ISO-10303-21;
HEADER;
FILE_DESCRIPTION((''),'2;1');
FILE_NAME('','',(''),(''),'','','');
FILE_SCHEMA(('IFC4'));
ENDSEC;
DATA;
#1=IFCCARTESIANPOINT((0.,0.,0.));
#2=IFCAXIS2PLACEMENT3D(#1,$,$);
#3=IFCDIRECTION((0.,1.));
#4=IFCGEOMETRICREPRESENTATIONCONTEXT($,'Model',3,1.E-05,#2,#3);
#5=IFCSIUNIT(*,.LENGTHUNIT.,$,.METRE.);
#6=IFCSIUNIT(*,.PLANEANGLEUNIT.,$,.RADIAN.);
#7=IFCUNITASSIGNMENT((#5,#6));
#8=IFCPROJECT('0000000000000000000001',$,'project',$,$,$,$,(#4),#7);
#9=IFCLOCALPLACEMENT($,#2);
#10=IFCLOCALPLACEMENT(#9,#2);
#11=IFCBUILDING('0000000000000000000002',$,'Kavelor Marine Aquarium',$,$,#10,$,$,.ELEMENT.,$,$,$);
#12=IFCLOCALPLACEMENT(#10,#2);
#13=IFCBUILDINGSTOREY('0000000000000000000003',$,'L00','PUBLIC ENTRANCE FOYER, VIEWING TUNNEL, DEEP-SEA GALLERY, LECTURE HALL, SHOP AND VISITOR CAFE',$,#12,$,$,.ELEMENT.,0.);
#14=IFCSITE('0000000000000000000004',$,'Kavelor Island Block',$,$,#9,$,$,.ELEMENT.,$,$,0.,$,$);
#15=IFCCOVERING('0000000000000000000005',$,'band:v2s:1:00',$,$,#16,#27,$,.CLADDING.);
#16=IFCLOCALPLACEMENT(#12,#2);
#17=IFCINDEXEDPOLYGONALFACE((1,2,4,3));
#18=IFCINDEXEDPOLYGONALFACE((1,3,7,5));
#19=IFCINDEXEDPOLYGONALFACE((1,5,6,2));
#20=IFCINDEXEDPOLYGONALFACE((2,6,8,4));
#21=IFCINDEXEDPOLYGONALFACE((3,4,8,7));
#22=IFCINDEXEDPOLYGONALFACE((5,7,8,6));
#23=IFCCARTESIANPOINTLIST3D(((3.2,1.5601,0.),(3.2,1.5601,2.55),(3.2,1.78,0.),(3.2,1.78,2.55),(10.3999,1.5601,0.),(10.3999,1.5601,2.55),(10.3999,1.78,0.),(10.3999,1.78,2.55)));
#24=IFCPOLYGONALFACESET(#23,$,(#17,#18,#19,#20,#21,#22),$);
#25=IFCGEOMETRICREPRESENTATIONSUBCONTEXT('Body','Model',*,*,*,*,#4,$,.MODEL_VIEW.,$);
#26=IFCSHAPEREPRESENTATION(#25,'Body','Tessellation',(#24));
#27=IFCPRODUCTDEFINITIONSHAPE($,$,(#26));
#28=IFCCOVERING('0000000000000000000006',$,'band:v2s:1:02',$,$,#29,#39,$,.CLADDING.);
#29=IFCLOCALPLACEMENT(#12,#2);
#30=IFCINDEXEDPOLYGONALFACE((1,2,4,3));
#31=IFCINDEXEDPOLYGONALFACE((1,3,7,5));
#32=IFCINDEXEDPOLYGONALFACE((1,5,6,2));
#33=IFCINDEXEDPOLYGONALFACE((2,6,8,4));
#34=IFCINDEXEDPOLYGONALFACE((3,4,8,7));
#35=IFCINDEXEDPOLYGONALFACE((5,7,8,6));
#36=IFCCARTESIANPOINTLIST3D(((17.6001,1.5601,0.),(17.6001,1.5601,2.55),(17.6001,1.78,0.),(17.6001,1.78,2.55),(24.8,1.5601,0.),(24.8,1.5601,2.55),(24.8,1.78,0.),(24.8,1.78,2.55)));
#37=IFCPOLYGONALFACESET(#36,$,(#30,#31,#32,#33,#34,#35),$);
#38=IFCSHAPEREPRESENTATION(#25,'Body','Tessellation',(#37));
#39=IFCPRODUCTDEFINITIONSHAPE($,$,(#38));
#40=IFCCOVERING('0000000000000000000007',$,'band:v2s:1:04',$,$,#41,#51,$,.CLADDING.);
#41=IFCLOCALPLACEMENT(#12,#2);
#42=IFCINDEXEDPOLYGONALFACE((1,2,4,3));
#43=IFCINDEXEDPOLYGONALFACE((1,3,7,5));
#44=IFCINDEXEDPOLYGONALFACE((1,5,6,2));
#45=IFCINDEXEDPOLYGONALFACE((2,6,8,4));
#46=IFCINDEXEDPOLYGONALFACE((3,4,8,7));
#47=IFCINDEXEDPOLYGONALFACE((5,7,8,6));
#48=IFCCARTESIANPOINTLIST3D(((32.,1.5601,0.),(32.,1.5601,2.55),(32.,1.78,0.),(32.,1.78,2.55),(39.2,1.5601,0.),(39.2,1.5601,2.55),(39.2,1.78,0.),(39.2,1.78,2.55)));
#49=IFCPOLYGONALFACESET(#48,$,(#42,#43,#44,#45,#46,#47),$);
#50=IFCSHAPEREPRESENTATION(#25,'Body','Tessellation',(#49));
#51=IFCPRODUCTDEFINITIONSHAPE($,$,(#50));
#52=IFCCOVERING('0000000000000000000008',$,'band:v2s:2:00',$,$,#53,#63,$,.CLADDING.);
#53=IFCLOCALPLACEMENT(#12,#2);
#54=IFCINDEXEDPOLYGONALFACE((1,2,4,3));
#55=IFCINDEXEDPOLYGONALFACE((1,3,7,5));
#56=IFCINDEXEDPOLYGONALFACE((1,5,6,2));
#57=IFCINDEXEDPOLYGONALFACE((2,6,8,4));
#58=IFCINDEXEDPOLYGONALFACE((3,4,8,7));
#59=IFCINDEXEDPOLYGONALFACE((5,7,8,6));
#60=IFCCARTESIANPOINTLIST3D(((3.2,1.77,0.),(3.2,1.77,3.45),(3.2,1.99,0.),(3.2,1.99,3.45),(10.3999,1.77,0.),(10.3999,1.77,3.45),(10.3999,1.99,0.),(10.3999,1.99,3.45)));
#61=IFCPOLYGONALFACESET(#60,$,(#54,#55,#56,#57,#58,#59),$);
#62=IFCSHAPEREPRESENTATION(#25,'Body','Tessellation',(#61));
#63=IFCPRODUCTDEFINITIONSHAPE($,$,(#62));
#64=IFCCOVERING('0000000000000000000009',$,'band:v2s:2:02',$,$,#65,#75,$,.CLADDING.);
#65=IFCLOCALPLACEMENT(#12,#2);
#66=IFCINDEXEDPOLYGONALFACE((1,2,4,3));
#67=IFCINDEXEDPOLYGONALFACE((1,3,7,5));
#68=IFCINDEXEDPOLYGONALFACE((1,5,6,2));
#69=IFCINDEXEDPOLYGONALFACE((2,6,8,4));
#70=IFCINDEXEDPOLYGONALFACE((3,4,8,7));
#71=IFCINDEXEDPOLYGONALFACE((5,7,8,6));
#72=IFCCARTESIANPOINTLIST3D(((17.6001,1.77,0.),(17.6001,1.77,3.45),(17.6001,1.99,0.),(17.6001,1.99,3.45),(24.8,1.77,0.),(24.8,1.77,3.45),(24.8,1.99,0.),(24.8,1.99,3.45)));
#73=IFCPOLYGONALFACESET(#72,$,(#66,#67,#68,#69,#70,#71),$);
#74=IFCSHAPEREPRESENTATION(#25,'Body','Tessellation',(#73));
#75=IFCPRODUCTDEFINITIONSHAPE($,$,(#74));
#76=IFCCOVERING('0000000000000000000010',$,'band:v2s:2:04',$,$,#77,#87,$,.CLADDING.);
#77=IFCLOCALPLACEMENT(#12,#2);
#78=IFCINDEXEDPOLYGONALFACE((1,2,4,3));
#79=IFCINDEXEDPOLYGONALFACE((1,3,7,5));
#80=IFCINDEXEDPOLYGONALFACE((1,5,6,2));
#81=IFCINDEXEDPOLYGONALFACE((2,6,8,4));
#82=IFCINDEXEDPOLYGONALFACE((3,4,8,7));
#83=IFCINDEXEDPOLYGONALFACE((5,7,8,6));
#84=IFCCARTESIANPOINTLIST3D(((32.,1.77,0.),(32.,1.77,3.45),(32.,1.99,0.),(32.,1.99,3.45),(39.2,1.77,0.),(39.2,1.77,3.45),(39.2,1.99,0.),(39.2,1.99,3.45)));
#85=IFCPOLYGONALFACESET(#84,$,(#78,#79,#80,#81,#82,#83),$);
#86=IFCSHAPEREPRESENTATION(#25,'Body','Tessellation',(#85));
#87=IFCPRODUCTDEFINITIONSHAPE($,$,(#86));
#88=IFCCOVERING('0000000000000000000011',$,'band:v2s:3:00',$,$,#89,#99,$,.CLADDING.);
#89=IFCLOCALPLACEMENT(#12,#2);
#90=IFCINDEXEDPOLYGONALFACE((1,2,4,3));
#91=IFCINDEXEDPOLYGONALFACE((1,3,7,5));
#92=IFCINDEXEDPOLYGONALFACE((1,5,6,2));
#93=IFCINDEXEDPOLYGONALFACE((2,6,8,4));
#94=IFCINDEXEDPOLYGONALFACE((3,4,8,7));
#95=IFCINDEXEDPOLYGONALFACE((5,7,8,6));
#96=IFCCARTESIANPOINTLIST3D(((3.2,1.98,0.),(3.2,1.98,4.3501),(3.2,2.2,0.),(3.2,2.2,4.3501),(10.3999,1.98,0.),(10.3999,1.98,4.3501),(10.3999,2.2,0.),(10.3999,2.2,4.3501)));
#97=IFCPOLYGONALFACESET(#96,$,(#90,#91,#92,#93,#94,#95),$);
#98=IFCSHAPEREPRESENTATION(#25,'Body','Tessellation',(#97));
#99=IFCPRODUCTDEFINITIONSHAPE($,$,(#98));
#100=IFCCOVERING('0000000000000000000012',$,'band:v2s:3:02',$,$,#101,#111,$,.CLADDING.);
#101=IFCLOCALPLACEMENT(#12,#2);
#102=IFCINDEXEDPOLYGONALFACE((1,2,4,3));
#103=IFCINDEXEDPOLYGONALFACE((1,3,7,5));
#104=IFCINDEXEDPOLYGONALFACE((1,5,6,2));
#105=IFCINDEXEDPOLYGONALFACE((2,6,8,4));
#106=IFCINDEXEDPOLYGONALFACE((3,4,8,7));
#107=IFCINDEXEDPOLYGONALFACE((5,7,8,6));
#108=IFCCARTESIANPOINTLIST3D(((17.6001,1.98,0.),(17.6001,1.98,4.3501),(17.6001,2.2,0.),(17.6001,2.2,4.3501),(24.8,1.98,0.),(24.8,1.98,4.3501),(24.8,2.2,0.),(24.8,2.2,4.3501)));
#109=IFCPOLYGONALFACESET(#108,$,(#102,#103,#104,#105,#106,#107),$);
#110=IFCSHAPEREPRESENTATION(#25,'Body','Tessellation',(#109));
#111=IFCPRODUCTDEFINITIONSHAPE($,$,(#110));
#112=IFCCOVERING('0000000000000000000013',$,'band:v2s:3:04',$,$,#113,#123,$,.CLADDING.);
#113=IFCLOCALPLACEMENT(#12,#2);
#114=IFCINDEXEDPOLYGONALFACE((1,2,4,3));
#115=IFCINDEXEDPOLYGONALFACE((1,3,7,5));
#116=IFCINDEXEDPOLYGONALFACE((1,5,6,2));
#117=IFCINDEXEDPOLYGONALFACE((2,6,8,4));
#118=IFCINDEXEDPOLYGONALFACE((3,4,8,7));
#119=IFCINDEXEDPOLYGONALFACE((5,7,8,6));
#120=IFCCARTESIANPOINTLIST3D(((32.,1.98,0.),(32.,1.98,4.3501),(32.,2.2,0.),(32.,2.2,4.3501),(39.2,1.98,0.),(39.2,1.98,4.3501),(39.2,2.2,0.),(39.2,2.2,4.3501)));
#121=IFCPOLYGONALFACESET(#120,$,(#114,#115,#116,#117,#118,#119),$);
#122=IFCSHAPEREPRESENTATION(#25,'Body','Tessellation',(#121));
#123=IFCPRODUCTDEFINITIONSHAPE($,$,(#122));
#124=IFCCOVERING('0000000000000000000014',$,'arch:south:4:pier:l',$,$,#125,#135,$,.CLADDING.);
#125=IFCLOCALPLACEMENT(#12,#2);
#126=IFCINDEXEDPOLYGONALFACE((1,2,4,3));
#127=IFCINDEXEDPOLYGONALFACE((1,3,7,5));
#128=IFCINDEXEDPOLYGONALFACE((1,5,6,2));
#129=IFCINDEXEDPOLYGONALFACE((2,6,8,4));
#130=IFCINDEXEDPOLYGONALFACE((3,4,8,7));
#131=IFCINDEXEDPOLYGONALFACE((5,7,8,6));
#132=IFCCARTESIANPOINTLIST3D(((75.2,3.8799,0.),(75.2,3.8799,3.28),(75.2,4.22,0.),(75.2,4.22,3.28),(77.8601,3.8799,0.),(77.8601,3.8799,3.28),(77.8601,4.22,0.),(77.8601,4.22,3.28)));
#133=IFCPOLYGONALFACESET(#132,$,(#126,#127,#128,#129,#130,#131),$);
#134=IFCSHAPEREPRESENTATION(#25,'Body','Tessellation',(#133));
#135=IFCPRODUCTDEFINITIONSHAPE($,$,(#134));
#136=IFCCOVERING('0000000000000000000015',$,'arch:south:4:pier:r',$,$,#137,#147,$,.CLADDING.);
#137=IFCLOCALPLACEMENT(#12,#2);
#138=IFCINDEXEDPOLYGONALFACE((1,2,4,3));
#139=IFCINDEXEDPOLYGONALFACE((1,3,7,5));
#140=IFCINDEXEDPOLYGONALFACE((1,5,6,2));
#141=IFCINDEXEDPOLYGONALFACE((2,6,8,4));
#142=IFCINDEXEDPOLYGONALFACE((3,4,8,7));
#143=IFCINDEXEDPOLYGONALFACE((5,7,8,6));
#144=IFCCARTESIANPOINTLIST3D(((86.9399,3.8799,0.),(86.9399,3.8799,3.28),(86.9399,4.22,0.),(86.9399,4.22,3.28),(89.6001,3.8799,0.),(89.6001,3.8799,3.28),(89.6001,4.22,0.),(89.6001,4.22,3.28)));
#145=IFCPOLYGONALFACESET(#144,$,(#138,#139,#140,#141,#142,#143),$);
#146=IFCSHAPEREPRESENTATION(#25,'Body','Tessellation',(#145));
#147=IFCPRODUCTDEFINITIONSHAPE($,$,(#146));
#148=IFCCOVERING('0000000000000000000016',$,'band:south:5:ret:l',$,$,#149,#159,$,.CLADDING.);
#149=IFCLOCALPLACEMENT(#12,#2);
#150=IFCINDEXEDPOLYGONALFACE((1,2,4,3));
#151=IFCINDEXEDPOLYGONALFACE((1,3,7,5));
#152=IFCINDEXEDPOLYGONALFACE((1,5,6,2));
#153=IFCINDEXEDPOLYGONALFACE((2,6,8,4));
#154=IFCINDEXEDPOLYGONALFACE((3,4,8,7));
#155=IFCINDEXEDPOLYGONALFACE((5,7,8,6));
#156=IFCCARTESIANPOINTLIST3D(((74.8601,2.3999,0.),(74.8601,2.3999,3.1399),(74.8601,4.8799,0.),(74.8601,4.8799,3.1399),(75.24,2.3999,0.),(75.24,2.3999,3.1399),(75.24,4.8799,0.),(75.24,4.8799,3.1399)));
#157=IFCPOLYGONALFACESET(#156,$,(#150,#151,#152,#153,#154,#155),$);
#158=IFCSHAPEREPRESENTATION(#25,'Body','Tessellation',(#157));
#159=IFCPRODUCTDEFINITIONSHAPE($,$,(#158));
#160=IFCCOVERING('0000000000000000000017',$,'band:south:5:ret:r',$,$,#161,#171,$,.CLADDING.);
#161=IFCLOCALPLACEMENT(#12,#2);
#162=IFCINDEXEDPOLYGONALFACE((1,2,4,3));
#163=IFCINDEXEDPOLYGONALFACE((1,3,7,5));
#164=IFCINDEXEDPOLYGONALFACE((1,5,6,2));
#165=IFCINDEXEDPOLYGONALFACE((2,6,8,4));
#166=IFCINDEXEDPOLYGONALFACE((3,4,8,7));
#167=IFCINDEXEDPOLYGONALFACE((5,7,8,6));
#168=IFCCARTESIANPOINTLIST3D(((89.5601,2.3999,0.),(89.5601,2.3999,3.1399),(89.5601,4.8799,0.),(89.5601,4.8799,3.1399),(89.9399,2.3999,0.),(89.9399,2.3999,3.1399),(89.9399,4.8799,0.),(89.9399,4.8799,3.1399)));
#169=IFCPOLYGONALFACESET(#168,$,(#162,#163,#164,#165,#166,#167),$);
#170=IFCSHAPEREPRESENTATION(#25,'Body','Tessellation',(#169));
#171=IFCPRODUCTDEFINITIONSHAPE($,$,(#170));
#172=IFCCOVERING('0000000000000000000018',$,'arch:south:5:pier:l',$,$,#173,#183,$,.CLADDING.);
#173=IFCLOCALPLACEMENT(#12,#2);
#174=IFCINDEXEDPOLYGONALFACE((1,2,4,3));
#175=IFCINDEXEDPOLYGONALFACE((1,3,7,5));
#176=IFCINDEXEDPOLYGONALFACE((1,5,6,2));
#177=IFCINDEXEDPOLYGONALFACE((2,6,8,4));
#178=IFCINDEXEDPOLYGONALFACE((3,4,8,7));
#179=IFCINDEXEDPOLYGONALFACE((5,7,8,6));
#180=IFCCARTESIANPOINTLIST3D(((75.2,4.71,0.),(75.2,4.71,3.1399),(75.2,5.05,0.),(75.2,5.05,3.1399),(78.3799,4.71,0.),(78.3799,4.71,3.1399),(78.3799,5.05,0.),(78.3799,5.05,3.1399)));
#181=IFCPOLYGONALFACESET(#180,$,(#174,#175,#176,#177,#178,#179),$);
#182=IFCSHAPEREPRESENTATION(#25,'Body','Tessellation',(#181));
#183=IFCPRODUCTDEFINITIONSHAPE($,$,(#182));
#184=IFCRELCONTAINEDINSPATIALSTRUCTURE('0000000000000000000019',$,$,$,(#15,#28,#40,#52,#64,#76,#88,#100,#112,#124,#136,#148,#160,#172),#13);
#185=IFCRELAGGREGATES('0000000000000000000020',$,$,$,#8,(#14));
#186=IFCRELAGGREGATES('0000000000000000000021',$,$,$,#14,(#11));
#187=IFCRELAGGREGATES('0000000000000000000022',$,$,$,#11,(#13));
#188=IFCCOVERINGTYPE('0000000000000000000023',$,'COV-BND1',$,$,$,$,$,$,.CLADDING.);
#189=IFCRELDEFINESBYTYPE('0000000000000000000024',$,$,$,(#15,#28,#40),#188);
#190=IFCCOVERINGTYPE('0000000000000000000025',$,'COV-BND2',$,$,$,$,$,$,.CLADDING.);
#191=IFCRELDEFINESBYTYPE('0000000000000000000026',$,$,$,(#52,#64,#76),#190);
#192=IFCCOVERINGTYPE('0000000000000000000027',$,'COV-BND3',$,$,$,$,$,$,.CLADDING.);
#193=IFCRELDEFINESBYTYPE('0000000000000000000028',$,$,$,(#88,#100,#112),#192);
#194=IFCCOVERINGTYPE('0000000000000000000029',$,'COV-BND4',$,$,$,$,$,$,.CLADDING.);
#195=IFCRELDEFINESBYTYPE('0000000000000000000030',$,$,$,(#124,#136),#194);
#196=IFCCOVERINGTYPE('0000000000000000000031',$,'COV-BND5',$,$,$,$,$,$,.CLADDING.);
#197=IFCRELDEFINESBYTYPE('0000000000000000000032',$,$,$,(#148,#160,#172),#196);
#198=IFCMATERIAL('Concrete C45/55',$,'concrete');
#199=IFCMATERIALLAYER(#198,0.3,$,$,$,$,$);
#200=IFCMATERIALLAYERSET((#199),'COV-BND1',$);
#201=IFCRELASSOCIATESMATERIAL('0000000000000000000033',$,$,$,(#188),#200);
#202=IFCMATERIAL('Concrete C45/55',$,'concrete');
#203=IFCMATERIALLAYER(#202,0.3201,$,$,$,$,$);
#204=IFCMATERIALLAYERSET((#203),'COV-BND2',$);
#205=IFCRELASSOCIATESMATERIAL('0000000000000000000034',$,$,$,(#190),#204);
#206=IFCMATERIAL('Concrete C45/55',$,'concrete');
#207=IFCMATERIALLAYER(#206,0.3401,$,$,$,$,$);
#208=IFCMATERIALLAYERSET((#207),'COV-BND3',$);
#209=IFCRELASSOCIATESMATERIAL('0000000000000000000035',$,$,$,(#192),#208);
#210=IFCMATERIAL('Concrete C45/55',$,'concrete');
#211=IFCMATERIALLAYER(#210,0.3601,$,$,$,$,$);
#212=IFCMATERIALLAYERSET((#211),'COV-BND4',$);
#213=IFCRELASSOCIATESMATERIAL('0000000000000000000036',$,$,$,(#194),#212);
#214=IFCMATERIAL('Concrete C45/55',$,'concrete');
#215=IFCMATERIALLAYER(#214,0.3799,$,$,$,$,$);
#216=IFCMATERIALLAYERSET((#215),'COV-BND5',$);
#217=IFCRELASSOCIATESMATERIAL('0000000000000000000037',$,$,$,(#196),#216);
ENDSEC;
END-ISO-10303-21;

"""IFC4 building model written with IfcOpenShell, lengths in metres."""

from ifc_helpers import new_model, si_unit, direction, origin, place, context, subcontext, project, spatial, polyline, outline, extrude, material, layer, layer_set, type_object, element, save


model = new_model("IFC4")

# Units and contexts
model_context = context("Model", 3, precision=1e-05, world=origin(), true_north=direction((0.0, 1.0)))
body_context = subcontext(model_context, "Body", "Model", "MODEL_VIEW")
ifc_project = project(units=[si_unit("LENGTHUNIT", "METRE"), si_unit("PLANEANGLEUNIT", "RADIAN")], contexts=[model_context])

# Site, building, storey
site_placement = place(None, origin())
site = spatial("IfcSite", under=ifc_project, at=site_placement, Name="Kavelor Island Block", CompositionType="ELEMENT", RefElevation=0.0)
building_placement = place(site_placement, origin())
building = spatial("IfcBuilding", under=site, at=building_placement, Name="Kavelor Marine Aquarium", CompositionType="ELEMENT")
storey_placement = place(building_placement, origin())
storey = spatial("IfcBuildingStorey", under=building, at=storey_placement, Name="L00", Description="PUBLIC ENTRANCE FOYER, VIEWING TUNNEL, DEEP-SEA GALLERY, LECTURE HALL, SHOP AND VISITOR CAFE", CompositionType="ELEMENT", Elevation=0.0)

# Coverings
ifc_material_1 = material(Name="Concrete C45/55", Category="concrete")
ifc_layer_1 = layer(ifc_material_1, 0.3)
ifc_layer_set_1 = layer_set([ifc_layer_1], Name="COV-BND1")
covering_type_1 = type_object("IfcCoveringType", Name="COV-BND1", PredefinedType="CLADDING", material=ifc_layer_set_1)
covering_1_placement = place(storey_placement, origin())
element("IfcCovering", 1, at=covering_1_placement, inside=storey, type_object=covering_type_1, Name="band:v2s:1:00", PredefinedType="CLADDING", context=body_context, shape_type="SweptSolid", body=[
    extrude(outline(polyline([(3.2, 1.5601), (10.3999, 1.5601), (10.3999, 1.78), (3.2, 1.78), (3.2, 1.5601)])), origin(), (0.0, 0.0, 1.0), 2.55),
])
covering_2_placement = place(storey_placement, origin())
element("IfcCovering", 2, at=covering_2_placement, inside=storey, type_object=covering_type_1, Name="band:v2s:1:02", PredefinedType="CLADDING", context=body_context, shape_type="SweptSolid", body=[
    extrude(outline(polyline([(17.6001, 1.5601), (24.8, 1.5601), (24.8, 1.78), (17.6001, 1.78), (17.6001, 1.5601)])), origin(), (0.0, 0.0, 1.0), 2.55),
])
covering_3_placement = place(storey_placement, origin())
element("IfcCovering", 3, at=covering_3_placement, inside=storey, type_object=covering_type_1, Name="band:v2s:1:04", PredefinedType="CLADDING", context=body_context, shape_type="SweptSolid", body=[
    extrude(outline(polyline([(32.0, 1.5601), (39.2, 1.5601), (39.2, 1.78), (32.0, 1.78), (32.0, 1.5601)])), origin(), (0.0, 0.0, 1.0), 2.55),
])
ifc_material_2 = material(Name="Concrete C45/55", Category="concrete")
ifc_layer_2 = layer(ifc_material_2, 0.3201)
ifc_layer_set_2 = layer_set([ifc_layer_2], Name="COV-BND2")
covering_type_2 = type_object("IfcCoveringType", Name="COV-BND2", PredefinedType="CLADDING", material=ifc_layer_set_2)
covering_4_placement = place(storey_placement, origin())
element("IfcCovering", 4, at=covering_4_placement, inside=storey, type_object=covering_type_2, Name="band:v2s:2:00", PredefinedType="CLADDING", context=body_context, shape_type="SweptSolid", body=[
    extrude(outline(polyline([(3.2, 1.77), (10.3999, 1.77), (10.3999, 1.99), (3.2, 1.99), (3.2, 1.77)])), origin(), (0.0, 0.0, 1.0), 3.45),
])
covering_5_placement = place(storey_placement, origin())
element("IfcCovering", 5, at=covering_5_placement, inside=storey, type_object=covering_type_2, Name="band:v2s:2:02", PredefinedType="CLADDING", context=body_context, shape_type="SweptSolid", body=[
    extrude(outline(polyline([(17.6001, 1.77), (24.8, 1.77), (24.8, 1.99), (17.6001, 1.99), (17.6001, 1.77)])), origin(), (0.0, 0.0, 1.0), 3.45),
])
covering_6_placement = place(storey_placement, origin())
element("IfcCovering", 6, at=covering_6_placement, inside=storey, type_object=covering_type_2, Name="band:v2s:2:04", PredefinedType="CLADDING", context=body_context, shape_type="SweptSolid", body=[
    extrude(outline(polyline([(32.0, 1.77), (39.2, 1.77), (39.2, 1.99), (32.0, 1.99), (32.0, 1.77)])), origin(), (0.0, 0.0, 1.0), 3.45),
])
ifc_material_3 = material(Name="Concrete C45/55", Category="concrete")
ifc_layer_3 = layer(ifc_material_3, 0.3401)
ifc_layer_set_3 = layer_set([ifc_layer_3], Name="COV-BND3")
covering_type_3 = type_object("IfcCoveringType", Name="COV-BND3", PredefinedType="CLADDING", material=ifc_layer_set_3)
covering_7_placement = place(storey_placement, origin())
element("IfcCovering", 7, at=covering_7_placement, inside=storey, type_object=covering_type_3, Name="band:v2s:3:00", PredefinedType="CLADDING", context=body_context, shape_type="SweptSolid", body=[
    extrude(outline(polyline([(3.2, 1.98), (10.3999, 1.98), (10.3999, 2.2), (3.2, 2.2), (3.2, 1.98)])), origin(), (0.0, 0.0, 1.0), 4.3501),
])
covering_8_placement = place(storey_placement, origin())
element("IfcCovering", 8, at=covering_8_placement, inside=storey, type_object=covering_type_3, Name="band:v2s:3:02", PredefinedType="CLADDING", context=body_context, shape_type="SweptSolid", body=[
    extrude(outline(polyline([(17.6001, 1.98), (24.8, 1.98), (24.8, 2.2), (17.6001, 2.2), (17.6001, 1.98)])), origin(), (0.0, 0.0, 1.0), 4.3501),
])
covering_9_placement = place(storey_placement, origin())
element("IfcCovering", 9, at=covering_9_placement, inside=storey, type_object=covering_type_3, Name="band:v2s:3:04", PredefinedType="CLADDING", context=body_context, shape_type="SweptSolid", body=[
    extrude(outline(polyline([(32.0, 1.98), (39.2, 1.98), (39.2, 2.2), (32.0, 2.2), (32.0, 1.98)])), origin(), (0.0, 0.0, 1.0), 4.3501),
])
ifc_material_4 = material(Name="Concrete C45/55", Category="concrete")
ifc_layer_4 = layer(ifc_material_4, 0.3601)
ifc_layer_set_4 = layer_set([ifc_layer_4], Name="COV-BND4")
covering_type_4 = type_object("IfcCoveringType", Name="COV-BND4", PredefinedType="CLADDING", material=ifc_layer_set_4)
covering_10_placement = place(storey_placement, origin())
element("IfcCovering", 10, at=covering_10_placement, inside=storey, type_object=covering_type_4, Name="arch:south:4:pier:l", PredefinedType="CLADDING", context=body_context, shape_type="SweptSolid", body=[
    extrude(outline(polyline([(75.2, 3.8799), (77.8601, 3.8799), (77.8601, 4.22), (75.2, 4.22), (75.2, 3.8799)])), origin(), (0.0, 0.0, 1.0), 3.28),
])
covering_11_placement = place(storey_placement, origin())
element("IfcCovering", 11, at=covering_11_placement, inside=storey, type_object=covering_type_4, Name="arch:south:4:pier:r", PredefinedType="CLADDING", context=body_context, shape_type="SweptSolid", body=[
    extrude(outline(polyline([(86.9399, 3.8799), (89.6001, 3.8799), (89.6001, 4.22), (86.9399, 4.22), (86.9399, 3.8799)])), origin(), (0.0, 0.0, 1.0), 3.28),
])
ifc_material_5 = material(Name="Concrete C45/55", Category="concrete")
ifc_layer_5 = layer(ifc_material_5, 0.3799)
ifc_layer_set_5 = layer_set([ifc_layer_5], Name="COV-BND5")
covering_type_5 = type_object("IfcCoveringType", Name="COV-BND5", PredefinedType="CLADDING", material=ifc_layer_set_5)
covering_12_placement = place(storey_placement, origin())
element("IfcCovering", 12, at=covering_12_placement, inside=storey, type_object=covering_type_5, Name="band:south:5:ret:l", PredefinedType="CLADDING", context=body_context, shape_type="SweptSolid", body=[
    extrude(outline(polyline([(74.8601, 2.3999), (75.24, 2.3999), (75.24, 4.8799), (74.8601, 4.8799), (74.8601, 2.3999)])), origin(), (0.0, 0.0, 1.0), 3.1399),
])
covering_13_placement = place(storey_placement, origin())
element("IfcCovering", 13, at=covering_13_placement, inside=storey, type_object=covering_type_5, Name="band:south:5:ret:r", PredefinedType="CLADDING", context=body_context, shape_type="SweptSolid", body=[
    extrude(outline(polyline([(89.5601, 2.3999), (89.9399, 2.3999), (89.9399, 4.8799), (89.5601, 4.8799), (89.5601, 2.3999)])), origin(), (0.0, 0.0, 1.0), 3.1399),
])
covering_14_placement = place(storey_placement, origin())
element("IfcCovering", 14, at=covering_14_placement, inside=storey, type_object=covering_type_5, Name="arch:south:5:pier:l", PredefinedType="CLADDING", context=body_context, shape_type="SweptSolid", body=[
    extrude(outline(polyline([(75.2, 4.71), (78.3799, 4.71), (78.3799, 5.05), (75.2, 5.05), (75.2, 4.71)])), origin(), (0.0, 0.0, 1.0), 3.1399),
])

save(model, "model.ifc")
